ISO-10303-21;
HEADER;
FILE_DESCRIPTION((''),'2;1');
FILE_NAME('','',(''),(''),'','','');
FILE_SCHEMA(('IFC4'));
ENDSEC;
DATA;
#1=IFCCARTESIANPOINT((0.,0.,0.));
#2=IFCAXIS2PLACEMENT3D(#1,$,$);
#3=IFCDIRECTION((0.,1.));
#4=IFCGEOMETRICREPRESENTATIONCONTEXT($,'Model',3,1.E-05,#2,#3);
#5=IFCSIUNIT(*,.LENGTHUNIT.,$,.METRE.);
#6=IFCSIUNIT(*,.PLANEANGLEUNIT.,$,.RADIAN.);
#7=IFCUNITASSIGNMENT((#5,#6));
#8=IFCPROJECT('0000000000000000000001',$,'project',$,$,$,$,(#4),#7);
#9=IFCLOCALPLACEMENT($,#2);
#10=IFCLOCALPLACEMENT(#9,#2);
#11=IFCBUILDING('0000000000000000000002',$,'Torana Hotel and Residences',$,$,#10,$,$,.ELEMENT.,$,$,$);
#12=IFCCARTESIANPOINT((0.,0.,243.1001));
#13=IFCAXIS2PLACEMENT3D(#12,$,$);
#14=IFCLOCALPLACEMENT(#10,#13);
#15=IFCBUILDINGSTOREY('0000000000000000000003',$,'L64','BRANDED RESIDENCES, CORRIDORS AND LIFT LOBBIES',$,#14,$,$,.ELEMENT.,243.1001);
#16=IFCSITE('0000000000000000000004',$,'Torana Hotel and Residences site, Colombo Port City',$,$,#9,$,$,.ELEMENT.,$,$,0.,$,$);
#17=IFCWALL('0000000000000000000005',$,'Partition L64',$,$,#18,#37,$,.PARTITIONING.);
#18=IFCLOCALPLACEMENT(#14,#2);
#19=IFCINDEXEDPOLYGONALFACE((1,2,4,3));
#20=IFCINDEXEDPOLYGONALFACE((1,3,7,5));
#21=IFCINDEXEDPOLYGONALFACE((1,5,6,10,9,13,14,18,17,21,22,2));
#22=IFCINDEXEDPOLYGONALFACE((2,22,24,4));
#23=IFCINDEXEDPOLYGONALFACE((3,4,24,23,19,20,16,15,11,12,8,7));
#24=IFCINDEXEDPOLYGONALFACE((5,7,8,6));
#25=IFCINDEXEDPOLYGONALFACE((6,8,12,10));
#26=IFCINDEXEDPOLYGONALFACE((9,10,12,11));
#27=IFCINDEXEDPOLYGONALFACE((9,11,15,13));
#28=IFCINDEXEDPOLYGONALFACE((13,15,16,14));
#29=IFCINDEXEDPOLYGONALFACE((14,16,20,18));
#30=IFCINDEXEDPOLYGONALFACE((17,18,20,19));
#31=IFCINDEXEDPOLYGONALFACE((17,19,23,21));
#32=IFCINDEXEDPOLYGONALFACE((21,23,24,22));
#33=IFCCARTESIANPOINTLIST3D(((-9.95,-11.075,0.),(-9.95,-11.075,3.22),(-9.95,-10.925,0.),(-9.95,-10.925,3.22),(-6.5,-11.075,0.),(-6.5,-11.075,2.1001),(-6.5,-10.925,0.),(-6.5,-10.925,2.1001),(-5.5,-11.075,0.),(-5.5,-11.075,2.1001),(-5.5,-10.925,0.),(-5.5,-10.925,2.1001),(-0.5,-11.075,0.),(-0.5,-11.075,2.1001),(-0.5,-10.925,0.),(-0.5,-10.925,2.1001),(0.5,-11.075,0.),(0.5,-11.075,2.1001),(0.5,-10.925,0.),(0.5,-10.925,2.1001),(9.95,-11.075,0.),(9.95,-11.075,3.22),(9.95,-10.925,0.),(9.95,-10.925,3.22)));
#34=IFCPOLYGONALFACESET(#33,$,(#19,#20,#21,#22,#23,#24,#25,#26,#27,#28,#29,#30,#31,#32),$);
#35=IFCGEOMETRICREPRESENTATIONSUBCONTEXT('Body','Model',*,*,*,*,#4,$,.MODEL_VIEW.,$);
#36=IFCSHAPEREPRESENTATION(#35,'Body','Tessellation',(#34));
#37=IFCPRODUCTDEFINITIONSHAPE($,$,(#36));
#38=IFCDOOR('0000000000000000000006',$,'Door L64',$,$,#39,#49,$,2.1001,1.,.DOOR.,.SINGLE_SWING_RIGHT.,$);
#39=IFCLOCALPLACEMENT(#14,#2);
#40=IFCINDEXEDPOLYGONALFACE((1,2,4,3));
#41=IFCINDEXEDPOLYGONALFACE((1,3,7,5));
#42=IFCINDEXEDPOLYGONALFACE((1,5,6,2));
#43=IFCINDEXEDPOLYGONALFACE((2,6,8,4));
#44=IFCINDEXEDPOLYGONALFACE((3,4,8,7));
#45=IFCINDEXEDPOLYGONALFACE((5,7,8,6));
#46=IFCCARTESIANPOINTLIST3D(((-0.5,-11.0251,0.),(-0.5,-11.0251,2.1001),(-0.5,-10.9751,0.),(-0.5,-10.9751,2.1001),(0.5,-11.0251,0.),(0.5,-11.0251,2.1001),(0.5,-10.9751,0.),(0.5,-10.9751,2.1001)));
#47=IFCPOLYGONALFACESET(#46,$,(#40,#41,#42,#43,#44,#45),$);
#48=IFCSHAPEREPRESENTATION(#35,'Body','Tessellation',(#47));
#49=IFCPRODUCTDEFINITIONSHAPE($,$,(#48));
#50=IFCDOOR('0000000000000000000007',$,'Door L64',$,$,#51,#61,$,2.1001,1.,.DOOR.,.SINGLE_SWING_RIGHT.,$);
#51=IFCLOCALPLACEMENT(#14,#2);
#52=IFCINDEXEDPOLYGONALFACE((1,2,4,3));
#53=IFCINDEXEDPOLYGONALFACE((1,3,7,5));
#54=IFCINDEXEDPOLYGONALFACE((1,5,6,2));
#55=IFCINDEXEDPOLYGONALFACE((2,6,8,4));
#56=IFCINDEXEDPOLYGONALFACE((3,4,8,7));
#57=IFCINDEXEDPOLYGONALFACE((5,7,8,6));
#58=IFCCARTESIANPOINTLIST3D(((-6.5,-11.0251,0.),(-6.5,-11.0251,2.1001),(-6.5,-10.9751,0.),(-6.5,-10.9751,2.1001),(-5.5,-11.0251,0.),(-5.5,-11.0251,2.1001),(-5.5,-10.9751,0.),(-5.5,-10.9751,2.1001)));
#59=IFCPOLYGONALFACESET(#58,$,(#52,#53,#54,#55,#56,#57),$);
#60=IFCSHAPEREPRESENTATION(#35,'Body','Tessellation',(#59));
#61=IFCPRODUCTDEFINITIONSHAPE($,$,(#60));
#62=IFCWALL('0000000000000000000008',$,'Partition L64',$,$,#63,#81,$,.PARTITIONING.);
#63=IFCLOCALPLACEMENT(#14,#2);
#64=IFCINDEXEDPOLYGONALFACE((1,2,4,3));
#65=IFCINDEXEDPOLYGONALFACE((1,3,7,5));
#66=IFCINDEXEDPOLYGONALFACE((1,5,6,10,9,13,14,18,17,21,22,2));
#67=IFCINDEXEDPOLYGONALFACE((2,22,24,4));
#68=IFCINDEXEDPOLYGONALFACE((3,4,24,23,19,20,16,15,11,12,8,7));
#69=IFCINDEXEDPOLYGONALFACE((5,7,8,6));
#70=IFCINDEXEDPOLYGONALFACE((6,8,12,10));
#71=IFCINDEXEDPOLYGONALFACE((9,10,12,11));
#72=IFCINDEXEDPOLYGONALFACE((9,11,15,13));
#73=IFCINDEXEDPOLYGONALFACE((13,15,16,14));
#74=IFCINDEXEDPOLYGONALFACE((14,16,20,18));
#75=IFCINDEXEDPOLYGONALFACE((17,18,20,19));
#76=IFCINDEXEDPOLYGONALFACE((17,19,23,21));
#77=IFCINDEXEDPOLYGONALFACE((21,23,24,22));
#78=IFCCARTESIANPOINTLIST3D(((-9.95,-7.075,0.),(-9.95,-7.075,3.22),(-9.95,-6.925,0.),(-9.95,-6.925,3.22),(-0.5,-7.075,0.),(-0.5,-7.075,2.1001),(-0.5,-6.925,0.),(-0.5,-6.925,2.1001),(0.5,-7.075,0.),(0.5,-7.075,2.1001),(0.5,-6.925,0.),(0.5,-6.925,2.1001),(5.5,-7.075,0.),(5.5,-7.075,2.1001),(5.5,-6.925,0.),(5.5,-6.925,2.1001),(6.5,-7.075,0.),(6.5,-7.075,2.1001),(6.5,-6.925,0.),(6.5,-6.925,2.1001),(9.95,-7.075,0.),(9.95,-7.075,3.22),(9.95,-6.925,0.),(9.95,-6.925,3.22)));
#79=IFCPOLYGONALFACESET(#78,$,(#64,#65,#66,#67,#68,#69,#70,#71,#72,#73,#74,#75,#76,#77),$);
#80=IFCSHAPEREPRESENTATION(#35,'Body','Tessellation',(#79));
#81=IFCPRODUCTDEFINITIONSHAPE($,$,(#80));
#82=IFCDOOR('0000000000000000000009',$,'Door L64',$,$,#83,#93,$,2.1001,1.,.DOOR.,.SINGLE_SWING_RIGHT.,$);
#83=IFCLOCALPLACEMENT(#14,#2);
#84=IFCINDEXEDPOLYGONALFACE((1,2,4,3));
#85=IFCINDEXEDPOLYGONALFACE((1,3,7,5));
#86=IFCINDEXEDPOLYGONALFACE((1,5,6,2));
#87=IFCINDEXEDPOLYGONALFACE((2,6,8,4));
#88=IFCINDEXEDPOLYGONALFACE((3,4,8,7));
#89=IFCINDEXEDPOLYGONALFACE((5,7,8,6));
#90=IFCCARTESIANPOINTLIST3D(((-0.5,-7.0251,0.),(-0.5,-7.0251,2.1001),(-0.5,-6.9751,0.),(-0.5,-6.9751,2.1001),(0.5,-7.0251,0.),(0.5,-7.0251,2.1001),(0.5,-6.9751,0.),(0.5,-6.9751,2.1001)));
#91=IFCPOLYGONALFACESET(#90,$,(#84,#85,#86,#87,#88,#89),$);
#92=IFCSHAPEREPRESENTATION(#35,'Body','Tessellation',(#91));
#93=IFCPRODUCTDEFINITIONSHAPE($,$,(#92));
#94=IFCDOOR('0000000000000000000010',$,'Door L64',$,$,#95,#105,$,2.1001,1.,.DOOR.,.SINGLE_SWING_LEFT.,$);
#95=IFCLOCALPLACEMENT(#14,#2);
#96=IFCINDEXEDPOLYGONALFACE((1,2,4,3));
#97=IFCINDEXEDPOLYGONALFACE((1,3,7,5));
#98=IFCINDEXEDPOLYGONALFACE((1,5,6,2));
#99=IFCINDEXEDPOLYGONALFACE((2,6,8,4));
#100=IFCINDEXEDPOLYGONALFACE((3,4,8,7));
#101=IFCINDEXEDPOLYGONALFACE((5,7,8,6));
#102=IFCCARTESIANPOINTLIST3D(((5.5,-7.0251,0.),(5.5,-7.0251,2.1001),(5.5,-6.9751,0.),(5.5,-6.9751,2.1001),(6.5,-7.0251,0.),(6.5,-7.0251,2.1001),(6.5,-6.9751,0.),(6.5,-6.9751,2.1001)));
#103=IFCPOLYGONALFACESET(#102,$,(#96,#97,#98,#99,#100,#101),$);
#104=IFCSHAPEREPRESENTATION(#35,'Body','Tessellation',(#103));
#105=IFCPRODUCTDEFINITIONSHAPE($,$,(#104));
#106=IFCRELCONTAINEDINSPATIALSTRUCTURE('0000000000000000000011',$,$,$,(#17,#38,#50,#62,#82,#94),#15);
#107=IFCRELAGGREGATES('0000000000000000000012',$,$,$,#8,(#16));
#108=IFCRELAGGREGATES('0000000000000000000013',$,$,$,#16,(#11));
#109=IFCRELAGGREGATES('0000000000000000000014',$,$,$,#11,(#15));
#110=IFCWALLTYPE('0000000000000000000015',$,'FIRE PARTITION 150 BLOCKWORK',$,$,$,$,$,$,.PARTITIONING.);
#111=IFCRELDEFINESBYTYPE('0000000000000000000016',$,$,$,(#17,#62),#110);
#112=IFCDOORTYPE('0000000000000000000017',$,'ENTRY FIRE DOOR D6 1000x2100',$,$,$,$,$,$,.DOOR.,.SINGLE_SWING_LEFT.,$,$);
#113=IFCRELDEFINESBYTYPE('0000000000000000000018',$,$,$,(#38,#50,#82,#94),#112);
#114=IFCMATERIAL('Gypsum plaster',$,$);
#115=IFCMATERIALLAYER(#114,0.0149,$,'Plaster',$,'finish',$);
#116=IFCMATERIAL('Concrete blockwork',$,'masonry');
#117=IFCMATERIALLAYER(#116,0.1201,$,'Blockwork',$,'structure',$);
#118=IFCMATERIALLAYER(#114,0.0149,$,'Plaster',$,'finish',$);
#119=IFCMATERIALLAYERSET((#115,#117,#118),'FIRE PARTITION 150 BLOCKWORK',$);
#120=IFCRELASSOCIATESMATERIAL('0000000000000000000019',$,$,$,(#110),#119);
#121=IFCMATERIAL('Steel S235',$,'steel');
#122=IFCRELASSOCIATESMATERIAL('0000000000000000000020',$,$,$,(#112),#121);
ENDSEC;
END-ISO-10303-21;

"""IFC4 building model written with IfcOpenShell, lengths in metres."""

from ifc_helpers import new_model, si_unit, direction, frame, frame_2d, origin, place, context, subcontext, project, spatial, rectangle, extrude, material, layer, layer_set, type_object, element, fill, save


model = new_model("IFC4")

# Units and contexts
model_context = context("Model", 3, precision=1e-05, world=origin(), true_north=direction((0.0, 1.0)))
body_context = subcontext(model_context, "Body", "Model", "MODEL_VIEW")
ifc_project = project(units=[si_unit("LENGTHUNIT", "METRE"), si_unit("PLANEANGLEUNIT", "RADIAN")], contexts=[model_context])

# Site, building, storey
site_placement = place(None, origin())
site = spatial("IfcSite", under=ifc_project, at=site_placement, Name="Torana Hotel and Residences site, Colombo Port City", CompositionType="ELEMENT", RefElevation=0.0)
building_placement = place(site_placement, origin())
building = spatial("IfcBuilding", under=site, at=building_placement, Name="Torana Hotel and Residences", CompositionType="ELEMENT")
storey_placement = place(building_placement, frame((0.0, 0.0, 243.1001)))
storey = spatial("IfcBuildingStorey", under=building, at=storey_placement, Name="L64", Description="BRANDED RESIDENCES, CORRIDORS AND LIFT LOBBIES", CompositionType="ELEMENT", Elevation=243.1001)

# Shared definitions
ifc_material_1 = material(Name="Gypsum plaster")
ifc_layer_1 = layer(ifc_material_1, 0.0149, Name="Plaster", Category="finish")
ifc_material_2 = material(Name="Concrete blockwork", Category="masonry")
ifc_layer_2 = layer(ifc_material_2, 0.1201, Name="Blockwork", Category="structure")
ifc_layer_3 = layer(ifc_material_1, 0.0149, Name="Plaster", Category="finish")
ifc_layer_set_1 = layer_set([ifc_layer_1, ifc_layer_2, ifc_layer_3], Name="FIRE PARTITION 150 BLOCKWORK")
wall_type_1 = type_object("IfcWallType", Name="FIRE PARTITION 150 BLOCKWORK", PredefinedType="PARTITIONING", material=ifc_layer_set_1)

# Walls, openings, doors
wall_1_placement = place(storey_placement, frame((-9.95, -11.0, 0.0), z_axis=(0.0, 0.0, 1.0), x_axis=(1.0, 0.0, 0.0)))
wall_1 = element("IfcWall", 1, at=wall_1_placement, inside=storey, type_object=wall_type_1, Name="Partition L64", PredefinedType="PARTITIONING", context=body_context, shape_type="SweptSolid", body=[
    extrude(rectangle(XDim=19.8999, YDim=0.1499, at=frame_2d((9.95, 0.0))), origin(), (0.0, 0.0, 1.0), 3.22),
])
opening_1_placement = place(wall_1_placement, frame((9.45, 0.0, 0.0)))
opening_1 = element("IfcOpeningElement", 2, at=opening_1_placement, cuts=wall_1, PredefinedType="OPENING", context=body_context, shape_type="SweptSolid", body=[
    extrude(rectangle(XDim=1.0, YDim=2.1001, at=frame_2d((0.5, 1.05))), frame((0.0, 0.085, 0.0), z_axis=(0.0, -1.0, 0.0), x_axis=(1.0, 0.0, 0.0)), (0.0, 0.0, 1.0), 0.1699),
])
opening_2_placement = place(wall_1_placement, frame((3.45, 0.0, 0.0)))
opening_2 = element("IfcOpeningElement", 3, at=opening_2_placement, cuts=wall_1, PredefinedType="OPENING", context=body_context, shape_type="SweptSolid", body=[
    extrude(rectangle(XDim=1.0, YDim=2.1001, at=frame_2d((0.5, 1.05))), frame((0.0, 0.085, 0.0), z_axis=(0.0, -1.0, 0.0), x_axis=(1.0, 0.0, 0.0)), (0.0, 0.0, 1.0), 0.1699),
])
ifc_material_3 = material(Name="Steel S235", Category="steel")
door_type = type_object("IfcDoorType", Name="ENTRY FIRE DOOR D6 1000x2100", OperationType="SINGLE_SWING_LEFT", PredefinedType="DOOR", material=ifc_material_3)
door_1_placement = place(opening_1_placement, origin())
door_1 = element("IfcDoor", 4, at=door_1_placement, inside=storey, type_object=door_type, Name="Door L64", OperationType="SINGLE_SWING_RIGHT", OverallHeight=2.1001, OverallWidth=1.0, PredefinedType="DOOR", context=body_context, shape_type="SweptSolid", body=[
    extrude(rectangle(XDim=1.0, YDim=2.1001, at=frame_2d((0.5, 1.05))), frame((0.0, 0.0249, 0.0), z_axis=(0.0, -1.0, 0.0), x_axis=(1.0, 0.0, 0.0)), (0.0, 0.0, 1.0), 0.05),
])
fill(opening_1, door_1)
door_2_placement = place(opening_2_placement, origin())
door_2 = element("IfcDoor", 5, at=door_2_placement, inside=storey, type_object=door_type, Name="Door L64", OperationType="SINGLE_SWING_RIGHT", OverallHeight=2.1001, OverallWidth=1.0, PredefinedType="DOOR", context=body_context, shape_type="SweptSolid", body=[
    extrude(rectangle(XDim=1.0, YDim=2.1001, at=frame_2d((0.5, 1.05))), frame((0.0, 0.0249, 0.0), z_axis=(0.0, -1.0, 0.0), x_axis=(1.0, 0.0, 0.0)), (0.0, 0.0, 1.0), 0.05),
])
fill(opening_2, door_2)
wall_2_placement = place(storey_placement, frame((-9.95, -7.0, 0.0), z_axis=(0.0, 0.0, 1.0), x_axis=(1.0, 0.0, 0.0)))
wall_2 = element("IfcWall", 6, at=wall_2_placement, inside=storey, type_object=wall_type_1, Name="Partition L64", PredefinedType="PARTITIONING", context=body_context, shape_type="SweptSolid", body=[
    extrude(rectangle(XDim=19.8999, YDim=0.1499, at=frame_2d((9.95, 0.0))), origin(), (0.0, 0.0, 1.0), 3.22),
])
opening_3_placement = place(wall_2_placement, frame((9.45, 0.0, 0.0)))
opening_3 = element("IfcOpeningElement", 7, at=opening_3_placement, cuts=wall_2, PredefinedType="OPENING", context=body_context, shape_type="SweptSolid", body=[
    extrude(rectangle(XDim=1.0, YDim=2.1001, at=frame_2d((0.5, 1.05))), frame((0.0, 0.085, 0.0), z_axis=(0.0, -1.0, 0.0), x_axis=(1.0, 0.0, 0.0)), (0.0, 0.0, 1.0), 0.1699),
])
opening_4_placement = place(wall_2_placement, frame((15.45, 0.0, 0.0)))
opening_4 = element("IfcOpeningElement", 8, at=opening_4_placement, cuts=wall_2, PredefinedType="OPENING", context=body_context, shape_type="SweptSolid", body=[
    extrude(rectangle(XDim=1.0, YDim=2.1001, at=frame_2d((0.5, 1.05))), frame((0.0, 0.085, 0.0), z_axis=(0.0, -1.0, 0.0), x_axis=(1.0, 0.0, 0.0)), (0.0, 0.0, 1.0), 0.1699),
])
door_3_placement = place(opening_3_placement, origin())
door_3 = element("IfcDoor", 9, at=door_3_placement, inside=storey, type_object=door_type, Name="Door L64", OperationType="SINGLE_SWING_RIGHT", OverallHeight=2.1001, OverallWidth=1.0, PredefinedType="DOOR", context=body_context, shape_type="SweptSolid", body=[
    extrude(rectangle(XDim=1.0, YDim=2.1001, at=frame_2d((0.5, 1.05))), frame((0.0, 0.0249, 0.0), z_axis=(0.0, -1.0, 0.0), x_axis=(1.0, 0.0, 0.0)), (0.0, 0.0, 1.0), 0.05),
])
fill(opening_3, door_3)
door_4_placement = place(opening_4_placement, frame((0.5, 0.0, 0.0), z_axis=(0.0, 0.0, 1.0), x_axis=(-1.0, 0.0, 0.0)))
door_4 = element("IfcDoor", 10, at=door_4_placement, inside=storey, type_object=door_type, Name="Door L64", OperationType="SINGLE_SWING_LEFT", OverallHeight=2.1001, OverallWidth=1.0, PredefinedType="DOOR", context=body_context, shape_type="SweptSolid", body=[
    extrude(rectangle(XDim=1.0, YDim=2.1001, at=frame_2d((0.0, 1.05))), frame((0.0, -0.0249, 0.0), z_axis=(0.0, 1.0, 0.0), x_axis=(-1.0, 0.0, 0.0)), (0.0, 0.0, 1.0), 0.05),
])
fill(opening_4, door_4)

save(model, "model.ifc")
